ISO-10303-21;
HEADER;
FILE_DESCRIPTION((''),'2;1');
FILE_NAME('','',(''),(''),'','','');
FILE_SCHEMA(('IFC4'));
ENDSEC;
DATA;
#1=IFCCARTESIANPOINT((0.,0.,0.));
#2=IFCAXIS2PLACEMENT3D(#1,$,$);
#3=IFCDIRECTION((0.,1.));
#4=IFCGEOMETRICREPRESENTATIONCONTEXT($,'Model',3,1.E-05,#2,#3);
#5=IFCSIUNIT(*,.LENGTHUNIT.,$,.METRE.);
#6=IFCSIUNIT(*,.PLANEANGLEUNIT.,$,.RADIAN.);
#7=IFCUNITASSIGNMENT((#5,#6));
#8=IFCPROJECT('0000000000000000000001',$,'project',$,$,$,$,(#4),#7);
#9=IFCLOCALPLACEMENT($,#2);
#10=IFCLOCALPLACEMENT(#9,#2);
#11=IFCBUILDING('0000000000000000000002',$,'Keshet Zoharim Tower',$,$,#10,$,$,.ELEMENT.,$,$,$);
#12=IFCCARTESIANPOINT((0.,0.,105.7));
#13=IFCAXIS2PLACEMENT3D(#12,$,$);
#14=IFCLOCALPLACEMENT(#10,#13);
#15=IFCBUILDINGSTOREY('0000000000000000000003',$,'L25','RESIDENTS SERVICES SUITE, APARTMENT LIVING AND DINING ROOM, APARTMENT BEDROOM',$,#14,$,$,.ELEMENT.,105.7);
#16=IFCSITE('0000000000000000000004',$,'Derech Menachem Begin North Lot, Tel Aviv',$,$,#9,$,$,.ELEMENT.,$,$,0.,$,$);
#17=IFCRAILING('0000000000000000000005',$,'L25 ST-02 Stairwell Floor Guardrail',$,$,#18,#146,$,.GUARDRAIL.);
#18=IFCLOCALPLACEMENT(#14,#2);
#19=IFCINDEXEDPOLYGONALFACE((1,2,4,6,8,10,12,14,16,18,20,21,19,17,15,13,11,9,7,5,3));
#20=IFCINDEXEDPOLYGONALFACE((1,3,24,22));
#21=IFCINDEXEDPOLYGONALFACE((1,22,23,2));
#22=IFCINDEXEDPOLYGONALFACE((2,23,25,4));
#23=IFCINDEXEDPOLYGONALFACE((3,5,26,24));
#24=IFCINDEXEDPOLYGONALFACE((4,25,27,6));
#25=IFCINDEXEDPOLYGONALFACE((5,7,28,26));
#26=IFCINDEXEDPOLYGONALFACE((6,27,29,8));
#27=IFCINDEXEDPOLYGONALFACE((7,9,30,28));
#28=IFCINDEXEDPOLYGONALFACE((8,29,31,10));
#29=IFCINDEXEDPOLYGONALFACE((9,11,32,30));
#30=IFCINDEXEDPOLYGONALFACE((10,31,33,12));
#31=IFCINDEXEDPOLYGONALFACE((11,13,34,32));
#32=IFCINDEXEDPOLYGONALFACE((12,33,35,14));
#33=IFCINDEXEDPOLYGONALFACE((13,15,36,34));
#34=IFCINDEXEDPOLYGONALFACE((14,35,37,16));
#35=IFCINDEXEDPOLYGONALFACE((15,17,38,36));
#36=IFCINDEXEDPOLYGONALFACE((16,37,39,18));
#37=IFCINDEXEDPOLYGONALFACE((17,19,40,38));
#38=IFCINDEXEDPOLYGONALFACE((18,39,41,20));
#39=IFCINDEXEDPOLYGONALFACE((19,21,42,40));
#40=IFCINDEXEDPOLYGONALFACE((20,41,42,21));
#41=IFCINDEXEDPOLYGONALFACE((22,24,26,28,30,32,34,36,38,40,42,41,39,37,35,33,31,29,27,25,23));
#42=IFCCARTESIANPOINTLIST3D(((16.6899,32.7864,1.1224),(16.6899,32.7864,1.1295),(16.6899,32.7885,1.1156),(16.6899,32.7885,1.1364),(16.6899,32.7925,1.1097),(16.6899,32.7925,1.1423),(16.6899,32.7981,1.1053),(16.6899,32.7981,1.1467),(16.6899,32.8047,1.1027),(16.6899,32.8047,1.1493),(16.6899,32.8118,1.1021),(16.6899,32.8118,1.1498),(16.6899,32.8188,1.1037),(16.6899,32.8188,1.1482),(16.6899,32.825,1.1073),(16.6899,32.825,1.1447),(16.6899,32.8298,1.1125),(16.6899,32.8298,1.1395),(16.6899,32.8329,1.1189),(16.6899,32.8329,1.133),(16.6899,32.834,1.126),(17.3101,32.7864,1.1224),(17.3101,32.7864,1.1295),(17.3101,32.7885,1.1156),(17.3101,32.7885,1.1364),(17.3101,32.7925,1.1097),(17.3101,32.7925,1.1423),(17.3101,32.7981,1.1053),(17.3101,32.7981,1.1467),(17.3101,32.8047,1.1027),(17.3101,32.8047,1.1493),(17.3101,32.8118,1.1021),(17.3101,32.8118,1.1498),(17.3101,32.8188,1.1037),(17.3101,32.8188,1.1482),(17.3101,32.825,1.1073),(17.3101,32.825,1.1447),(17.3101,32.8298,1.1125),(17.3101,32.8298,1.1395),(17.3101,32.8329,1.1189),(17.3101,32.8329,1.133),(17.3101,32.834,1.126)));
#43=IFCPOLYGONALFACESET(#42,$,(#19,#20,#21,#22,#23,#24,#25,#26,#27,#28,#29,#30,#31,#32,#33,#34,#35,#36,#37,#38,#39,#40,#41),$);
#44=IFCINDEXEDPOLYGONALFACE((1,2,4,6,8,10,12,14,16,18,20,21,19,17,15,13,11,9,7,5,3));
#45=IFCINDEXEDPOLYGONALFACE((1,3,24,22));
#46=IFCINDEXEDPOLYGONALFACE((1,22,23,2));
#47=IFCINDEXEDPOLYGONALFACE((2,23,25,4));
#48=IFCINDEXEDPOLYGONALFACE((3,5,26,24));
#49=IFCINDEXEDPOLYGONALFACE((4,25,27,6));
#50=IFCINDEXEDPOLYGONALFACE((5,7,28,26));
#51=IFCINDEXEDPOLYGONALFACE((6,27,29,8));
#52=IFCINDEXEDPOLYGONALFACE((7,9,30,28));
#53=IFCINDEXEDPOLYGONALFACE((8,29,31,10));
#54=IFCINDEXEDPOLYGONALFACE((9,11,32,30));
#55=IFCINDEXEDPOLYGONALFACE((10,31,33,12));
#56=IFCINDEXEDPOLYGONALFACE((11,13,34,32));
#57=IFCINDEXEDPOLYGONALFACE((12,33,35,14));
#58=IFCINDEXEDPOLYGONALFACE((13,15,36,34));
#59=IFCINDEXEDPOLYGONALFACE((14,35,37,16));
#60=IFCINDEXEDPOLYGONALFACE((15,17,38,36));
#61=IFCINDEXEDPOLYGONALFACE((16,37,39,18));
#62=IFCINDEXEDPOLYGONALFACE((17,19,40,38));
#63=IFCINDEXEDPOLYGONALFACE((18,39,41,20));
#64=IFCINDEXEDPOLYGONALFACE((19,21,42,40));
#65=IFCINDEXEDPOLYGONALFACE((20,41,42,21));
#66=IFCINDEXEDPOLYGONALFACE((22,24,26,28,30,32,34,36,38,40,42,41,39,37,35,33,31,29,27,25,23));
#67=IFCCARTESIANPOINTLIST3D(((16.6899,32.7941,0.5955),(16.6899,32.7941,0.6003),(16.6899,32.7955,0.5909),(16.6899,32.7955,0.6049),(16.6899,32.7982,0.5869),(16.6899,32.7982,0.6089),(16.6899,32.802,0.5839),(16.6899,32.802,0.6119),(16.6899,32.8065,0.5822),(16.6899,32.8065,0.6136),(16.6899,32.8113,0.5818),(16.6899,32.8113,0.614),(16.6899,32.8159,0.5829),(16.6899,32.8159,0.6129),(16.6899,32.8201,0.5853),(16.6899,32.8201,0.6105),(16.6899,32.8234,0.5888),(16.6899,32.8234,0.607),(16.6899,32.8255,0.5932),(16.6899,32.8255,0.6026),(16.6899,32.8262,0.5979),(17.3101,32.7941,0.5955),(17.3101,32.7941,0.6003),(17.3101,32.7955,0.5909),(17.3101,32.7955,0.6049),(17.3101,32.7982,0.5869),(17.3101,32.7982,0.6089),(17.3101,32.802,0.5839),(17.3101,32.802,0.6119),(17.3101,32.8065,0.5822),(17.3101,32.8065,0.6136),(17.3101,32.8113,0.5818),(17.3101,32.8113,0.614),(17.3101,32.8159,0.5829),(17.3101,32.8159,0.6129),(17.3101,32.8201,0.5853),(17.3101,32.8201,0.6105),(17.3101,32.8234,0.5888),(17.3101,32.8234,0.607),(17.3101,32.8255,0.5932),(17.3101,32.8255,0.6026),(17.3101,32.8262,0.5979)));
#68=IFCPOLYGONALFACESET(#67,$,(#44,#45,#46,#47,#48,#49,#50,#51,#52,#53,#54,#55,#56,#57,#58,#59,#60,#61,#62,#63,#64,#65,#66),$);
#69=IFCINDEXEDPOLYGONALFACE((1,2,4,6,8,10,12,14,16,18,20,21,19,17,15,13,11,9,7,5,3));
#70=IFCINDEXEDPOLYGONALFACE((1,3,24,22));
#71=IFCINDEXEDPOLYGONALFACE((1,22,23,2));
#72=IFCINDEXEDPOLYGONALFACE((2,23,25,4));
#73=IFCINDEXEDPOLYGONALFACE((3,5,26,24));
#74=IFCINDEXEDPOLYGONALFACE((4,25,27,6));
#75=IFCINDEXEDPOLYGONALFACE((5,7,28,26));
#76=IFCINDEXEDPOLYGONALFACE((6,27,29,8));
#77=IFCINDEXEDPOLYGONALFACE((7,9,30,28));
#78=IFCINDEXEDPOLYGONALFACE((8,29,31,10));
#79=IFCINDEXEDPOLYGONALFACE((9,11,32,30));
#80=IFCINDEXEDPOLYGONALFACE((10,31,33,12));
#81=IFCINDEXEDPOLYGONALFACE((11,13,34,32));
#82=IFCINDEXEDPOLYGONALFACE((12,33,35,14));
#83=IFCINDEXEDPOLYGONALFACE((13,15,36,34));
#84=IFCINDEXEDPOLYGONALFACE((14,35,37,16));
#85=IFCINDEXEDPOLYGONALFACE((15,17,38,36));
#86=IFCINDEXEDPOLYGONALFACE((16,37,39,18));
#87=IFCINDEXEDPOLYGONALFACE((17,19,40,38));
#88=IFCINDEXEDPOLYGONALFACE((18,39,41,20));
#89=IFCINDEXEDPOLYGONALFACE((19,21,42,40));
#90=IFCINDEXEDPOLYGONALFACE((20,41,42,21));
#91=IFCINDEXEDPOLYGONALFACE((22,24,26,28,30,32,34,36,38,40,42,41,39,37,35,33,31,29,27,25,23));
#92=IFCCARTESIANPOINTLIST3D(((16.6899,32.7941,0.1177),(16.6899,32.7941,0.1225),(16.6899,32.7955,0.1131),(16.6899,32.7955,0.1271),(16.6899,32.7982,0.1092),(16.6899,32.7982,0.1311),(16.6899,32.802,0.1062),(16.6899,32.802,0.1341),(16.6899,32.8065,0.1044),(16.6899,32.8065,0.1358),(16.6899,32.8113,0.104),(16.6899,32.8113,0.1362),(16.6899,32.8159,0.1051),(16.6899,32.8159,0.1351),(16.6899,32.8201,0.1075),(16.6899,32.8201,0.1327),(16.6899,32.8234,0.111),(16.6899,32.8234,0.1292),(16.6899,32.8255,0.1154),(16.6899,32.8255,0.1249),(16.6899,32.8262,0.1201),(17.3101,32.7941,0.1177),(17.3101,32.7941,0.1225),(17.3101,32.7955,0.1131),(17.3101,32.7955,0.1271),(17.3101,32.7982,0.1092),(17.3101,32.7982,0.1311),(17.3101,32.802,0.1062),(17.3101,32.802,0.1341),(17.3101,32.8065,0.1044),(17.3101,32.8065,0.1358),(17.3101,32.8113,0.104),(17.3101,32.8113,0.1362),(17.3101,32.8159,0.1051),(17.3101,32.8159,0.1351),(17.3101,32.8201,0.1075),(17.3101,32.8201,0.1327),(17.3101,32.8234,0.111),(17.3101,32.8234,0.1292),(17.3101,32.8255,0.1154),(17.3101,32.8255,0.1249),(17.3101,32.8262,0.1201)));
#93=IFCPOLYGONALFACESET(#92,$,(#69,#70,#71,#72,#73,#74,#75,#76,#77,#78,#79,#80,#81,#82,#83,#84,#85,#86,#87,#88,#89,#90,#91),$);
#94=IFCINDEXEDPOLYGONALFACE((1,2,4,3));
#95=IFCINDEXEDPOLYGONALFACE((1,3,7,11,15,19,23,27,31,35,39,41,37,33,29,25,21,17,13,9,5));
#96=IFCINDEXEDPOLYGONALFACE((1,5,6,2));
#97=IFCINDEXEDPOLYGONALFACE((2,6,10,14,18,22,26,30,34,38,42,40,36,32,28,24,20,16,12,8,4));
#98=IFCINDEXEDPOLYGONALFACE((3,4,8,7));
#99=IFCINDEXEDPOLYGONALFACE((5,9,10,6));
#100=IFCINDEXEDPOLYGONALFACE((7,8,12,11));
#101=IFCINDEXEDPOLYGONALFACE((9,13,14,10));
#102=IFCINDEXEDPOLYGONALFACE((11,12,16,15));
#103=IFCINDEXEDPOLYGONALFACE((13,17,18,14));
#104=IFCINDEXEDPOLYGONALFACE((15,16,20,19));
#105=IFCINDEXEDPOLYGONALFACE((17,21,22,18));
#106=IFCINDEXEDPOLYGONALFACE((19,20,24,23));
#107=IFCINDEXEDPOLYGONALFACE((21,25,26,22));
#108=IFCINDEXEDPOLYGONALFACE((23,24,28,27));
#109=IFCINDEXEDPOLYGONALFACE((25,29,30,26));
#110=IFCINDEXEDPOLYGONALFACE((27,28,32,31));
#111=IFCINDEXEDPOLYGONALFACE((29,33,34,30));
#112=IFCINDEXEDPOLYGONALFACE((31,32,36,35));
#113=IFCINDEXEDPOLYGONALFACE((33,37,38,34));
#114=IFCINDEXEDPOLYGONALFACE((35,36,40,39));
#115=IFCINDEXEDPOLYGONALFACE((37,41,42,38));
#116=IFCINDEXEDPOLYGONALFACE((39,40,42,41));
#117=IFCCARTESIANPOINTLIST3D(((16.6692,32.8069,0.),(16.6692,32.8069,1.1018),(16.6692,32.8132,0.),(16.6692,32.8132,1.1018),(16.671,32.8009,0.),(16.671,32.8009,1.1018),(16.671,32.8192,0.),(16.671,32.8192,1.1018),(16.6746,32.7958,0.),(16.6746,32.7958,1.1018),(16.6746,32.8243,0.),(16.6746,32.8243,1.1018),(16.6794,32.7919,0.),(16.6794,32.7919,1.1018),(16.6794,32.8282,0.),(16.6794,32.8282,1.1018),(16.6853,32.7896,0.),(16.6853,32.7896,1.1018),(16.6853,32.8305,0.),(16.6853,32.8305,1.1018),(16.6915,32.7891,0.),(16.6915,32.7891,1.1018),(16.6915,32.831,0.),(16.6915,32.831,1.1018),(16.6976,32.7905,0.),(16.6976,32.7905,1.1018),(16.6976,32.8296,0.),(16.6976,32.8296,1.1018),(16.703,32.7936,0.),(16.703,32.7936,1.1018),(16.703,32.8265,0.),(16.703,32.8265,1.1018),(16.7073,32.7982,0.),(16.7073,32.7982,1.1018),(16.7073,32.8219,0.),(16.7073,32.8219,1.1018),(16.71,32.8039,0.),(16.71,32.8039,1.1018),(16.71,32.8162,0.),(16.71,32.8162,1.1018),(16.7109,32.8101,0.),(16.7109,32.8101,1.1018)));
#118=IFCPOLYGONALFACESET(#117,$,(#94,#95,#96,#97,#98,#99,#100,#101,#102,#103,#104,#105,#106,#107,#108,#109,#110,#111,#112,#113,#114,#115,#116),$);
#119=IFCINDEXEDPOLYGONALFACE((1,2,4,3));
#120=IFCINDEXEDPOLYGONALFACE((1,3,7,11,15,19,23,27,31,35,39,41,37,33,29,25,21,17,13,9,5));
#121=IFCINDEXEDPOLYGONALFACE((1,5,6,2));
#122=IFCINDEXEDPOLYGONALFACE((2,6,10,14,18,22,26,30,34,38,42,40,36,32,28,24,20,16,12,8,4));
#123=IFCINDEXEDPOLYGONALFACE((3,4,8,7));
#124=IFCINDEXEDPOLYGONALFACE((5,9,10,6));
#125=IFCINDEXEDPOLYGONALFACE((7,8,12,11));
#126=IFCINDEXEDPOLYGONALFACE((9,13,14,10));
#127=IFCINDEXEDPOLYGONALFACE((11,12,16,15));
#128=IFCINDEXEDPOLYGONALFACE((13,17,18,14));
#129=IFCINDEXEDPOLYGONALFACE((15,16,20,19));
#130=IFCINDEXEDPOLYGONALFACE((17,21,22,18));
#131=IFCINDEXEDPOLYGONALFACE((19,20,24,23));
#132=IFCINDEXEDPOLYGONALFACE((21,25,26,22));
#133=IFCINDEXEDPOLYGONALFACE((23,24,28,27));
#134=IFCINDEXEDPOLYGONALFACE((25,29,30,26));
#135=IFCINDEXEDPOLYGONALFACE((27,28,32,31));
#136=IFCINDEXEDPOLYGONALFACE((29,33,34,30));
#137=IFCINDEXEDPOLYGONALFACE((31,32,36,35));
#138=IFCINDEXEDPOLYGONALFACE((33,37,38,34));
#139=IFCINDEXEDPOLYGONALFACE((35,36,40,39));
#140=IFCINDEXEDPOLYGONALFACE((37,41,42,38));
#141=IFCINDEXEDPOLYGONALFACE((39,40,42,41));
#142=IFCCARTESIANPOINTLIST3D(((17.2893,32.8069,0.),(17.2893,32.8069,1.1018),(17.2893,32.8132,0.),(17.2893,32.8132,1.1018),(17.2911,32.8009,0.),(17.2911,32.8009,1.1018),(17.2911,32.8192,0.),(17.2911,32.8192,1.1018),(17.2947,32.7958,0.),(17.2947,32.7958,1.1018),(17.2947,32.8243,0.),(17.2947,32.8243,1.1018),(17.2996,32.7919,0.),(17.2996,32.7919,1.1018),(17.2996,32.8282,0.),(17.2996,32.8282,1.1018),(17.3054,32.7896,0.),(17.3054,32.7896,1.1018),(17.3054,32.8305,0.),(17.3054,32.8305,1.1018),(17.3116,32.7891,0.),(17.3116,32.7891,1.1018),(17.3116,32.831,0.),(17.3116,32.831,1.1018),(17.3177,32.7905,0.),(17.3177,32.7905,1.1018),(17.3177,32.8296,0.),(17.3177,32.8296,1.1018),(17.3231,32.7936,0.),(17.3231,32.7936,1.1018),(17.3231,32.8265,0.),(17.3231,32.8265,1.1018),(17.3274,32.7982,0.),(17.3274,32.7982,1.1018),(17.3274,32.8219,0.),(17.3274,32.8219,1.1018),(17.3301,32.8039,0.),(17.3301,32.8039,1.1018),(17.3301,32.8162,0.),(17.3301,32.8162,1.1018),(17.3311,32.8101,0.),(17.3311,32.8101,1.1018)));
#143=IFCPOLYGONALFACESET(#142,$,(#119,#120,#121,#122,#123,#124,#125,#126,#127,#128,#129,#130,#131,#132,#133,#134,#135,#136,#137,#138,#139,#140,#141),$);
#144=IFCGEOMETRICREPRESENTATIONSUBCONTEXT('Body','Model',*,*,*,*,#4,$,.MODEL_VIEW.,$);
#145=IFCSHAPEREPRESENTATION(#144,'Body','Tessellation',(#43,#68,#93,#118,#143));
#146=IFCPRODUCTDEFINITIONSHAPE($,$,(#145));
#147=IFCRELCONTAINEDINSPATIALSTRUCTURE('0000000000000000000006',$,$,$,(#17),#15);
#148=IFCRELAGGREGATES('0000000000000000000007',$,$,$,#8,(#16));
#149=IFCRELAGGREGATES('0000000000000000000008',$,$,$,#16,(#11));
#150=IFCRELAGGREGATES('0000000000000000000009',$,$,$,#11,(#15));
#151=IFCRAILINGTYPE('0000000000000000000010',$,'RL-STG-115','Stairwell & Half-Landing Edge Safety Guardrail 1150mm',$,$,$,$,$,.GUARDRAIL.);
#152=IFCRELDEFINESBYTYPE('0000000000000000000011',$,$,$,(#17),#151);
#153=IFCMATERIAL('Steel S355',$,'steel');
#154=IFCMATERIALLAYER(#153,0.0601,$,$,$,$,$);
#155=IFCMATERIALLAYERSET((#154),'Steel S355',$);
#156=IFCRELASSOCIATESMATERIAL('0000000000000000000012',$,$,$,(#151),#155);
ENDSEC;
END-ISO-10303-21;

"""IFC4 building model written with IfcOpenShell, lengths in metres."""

from ifc_helpers import new_model, si_unit, direction, frame, origin, origin_2d, place, context, subcontext, project, spatial, circle, extrude, material, layer, layer_set, type_object, element, save


model = new_model("IFC4")

# Units and contexts
model_context = context("Model", 3, precision=1e-05, world=origin(), true_north=direction((0.0, 1.0)))
body_context = subcontext(model_context, "Body", "Model", "MODEL_VIEW")
ifc_project = project(units=[si_unit("LENGTHUNIT", "METRE"), si_unit("PLANEANGLEUNIT", "RADIAN")], contexts=[model_context])

# Site, building, storey
site_placement = place(None, origin())
site = spatial("IfcSite", under=ifc_project, at=site_placement, Name="Derech Menachem Begin North Lot, Tel Aviv", CompositionType="ELEMENT", RefElevation=0.0)
building_placement = place(site_placement, origin())
building = spatial("IfcBuilding", under=site, at=building_placement, Name="Keshet Zoharim Tower", CompositionType="ELEMENT")
storey_placement = place(building_placement, frame((0.0, 0.0, 105.7)))
storey = spatial("IfcBuildingStorey", under=building, at=storey_placement, Name="L25", Description="RESIDENTS SERVICES SUITE, APARTMENT LIVING AND DINING ROOM, APARTMENT BEDROOM", CompositionType="ELEMENT", Elevation=105.7)

# Shared definitions
ifc_material_1 = material(Name="Steel S355", Category="steel")

# Railing
ifc_layer_1 = layer(ifc_material_1, 0.0601)
ifc_layer_set_1 = layer_set([ifc_layer_1], Name="Steel S355")
railing_type_1 = type_object("IfcRailingType", Name="RL-STG-115", Description="Stairwell & Half-Landing Edge Safety Guardrail 1150mm", PredefinedType="GUARDRAIL", material=ifc_layer_set_1)
railing_1_placement = place(storey_placement, frame((16.6899, 32.8101, 0.0)))
element("IfcRailing", 1, at=railing_1_placement, inside=storey, type_object=railing_type_1, Name="L25 ST-02 Stairwell Floor Guardrail", PredefinedType="GUARDRAIL", context=body_context, shape_type="SweptSolid", body=[
    extrude(circle(Radius=0.0239, at=origin_2d()), frame((0.0, 0.0, 1.126), z_axis=(1.0, 0.0, 0.0), x_axis=(0.0, 1.0, 0.0)), (0.0, 0.0, 1.0), 0.6201),
    extrude(circle(Radius=0.0161, at=origin_2d()), frame((0.0, 0.0, 0.5979), z_axis=(1.0, 0.0, 0.0), x_axis=(0.0, 1.0, 0.0)), (0.0, 0.0, 1.0), 0.6201),
    extrude(circle(Radius=0.0161, at=origin_2d()), frame((0.0, 0.0, 0.1201), z_axis=(1.0, 0.0, 0.0), x_axis=(0.0, 1.0, 0.0)), (0.0, 0.0, 1.0), 0.6201),
    extrude(circle(Radius=0.021, at=origin_2d()), origin(), (0.0, 0.0, 1.0), 1.1018),
    extrude(circle(Radius=0.021, at=origin_2d()), frame((0.6201, 0.0, 0.0)), (0.0, 0.0, 1.0), 1.1018),
])

save(model, "model.ifc")
